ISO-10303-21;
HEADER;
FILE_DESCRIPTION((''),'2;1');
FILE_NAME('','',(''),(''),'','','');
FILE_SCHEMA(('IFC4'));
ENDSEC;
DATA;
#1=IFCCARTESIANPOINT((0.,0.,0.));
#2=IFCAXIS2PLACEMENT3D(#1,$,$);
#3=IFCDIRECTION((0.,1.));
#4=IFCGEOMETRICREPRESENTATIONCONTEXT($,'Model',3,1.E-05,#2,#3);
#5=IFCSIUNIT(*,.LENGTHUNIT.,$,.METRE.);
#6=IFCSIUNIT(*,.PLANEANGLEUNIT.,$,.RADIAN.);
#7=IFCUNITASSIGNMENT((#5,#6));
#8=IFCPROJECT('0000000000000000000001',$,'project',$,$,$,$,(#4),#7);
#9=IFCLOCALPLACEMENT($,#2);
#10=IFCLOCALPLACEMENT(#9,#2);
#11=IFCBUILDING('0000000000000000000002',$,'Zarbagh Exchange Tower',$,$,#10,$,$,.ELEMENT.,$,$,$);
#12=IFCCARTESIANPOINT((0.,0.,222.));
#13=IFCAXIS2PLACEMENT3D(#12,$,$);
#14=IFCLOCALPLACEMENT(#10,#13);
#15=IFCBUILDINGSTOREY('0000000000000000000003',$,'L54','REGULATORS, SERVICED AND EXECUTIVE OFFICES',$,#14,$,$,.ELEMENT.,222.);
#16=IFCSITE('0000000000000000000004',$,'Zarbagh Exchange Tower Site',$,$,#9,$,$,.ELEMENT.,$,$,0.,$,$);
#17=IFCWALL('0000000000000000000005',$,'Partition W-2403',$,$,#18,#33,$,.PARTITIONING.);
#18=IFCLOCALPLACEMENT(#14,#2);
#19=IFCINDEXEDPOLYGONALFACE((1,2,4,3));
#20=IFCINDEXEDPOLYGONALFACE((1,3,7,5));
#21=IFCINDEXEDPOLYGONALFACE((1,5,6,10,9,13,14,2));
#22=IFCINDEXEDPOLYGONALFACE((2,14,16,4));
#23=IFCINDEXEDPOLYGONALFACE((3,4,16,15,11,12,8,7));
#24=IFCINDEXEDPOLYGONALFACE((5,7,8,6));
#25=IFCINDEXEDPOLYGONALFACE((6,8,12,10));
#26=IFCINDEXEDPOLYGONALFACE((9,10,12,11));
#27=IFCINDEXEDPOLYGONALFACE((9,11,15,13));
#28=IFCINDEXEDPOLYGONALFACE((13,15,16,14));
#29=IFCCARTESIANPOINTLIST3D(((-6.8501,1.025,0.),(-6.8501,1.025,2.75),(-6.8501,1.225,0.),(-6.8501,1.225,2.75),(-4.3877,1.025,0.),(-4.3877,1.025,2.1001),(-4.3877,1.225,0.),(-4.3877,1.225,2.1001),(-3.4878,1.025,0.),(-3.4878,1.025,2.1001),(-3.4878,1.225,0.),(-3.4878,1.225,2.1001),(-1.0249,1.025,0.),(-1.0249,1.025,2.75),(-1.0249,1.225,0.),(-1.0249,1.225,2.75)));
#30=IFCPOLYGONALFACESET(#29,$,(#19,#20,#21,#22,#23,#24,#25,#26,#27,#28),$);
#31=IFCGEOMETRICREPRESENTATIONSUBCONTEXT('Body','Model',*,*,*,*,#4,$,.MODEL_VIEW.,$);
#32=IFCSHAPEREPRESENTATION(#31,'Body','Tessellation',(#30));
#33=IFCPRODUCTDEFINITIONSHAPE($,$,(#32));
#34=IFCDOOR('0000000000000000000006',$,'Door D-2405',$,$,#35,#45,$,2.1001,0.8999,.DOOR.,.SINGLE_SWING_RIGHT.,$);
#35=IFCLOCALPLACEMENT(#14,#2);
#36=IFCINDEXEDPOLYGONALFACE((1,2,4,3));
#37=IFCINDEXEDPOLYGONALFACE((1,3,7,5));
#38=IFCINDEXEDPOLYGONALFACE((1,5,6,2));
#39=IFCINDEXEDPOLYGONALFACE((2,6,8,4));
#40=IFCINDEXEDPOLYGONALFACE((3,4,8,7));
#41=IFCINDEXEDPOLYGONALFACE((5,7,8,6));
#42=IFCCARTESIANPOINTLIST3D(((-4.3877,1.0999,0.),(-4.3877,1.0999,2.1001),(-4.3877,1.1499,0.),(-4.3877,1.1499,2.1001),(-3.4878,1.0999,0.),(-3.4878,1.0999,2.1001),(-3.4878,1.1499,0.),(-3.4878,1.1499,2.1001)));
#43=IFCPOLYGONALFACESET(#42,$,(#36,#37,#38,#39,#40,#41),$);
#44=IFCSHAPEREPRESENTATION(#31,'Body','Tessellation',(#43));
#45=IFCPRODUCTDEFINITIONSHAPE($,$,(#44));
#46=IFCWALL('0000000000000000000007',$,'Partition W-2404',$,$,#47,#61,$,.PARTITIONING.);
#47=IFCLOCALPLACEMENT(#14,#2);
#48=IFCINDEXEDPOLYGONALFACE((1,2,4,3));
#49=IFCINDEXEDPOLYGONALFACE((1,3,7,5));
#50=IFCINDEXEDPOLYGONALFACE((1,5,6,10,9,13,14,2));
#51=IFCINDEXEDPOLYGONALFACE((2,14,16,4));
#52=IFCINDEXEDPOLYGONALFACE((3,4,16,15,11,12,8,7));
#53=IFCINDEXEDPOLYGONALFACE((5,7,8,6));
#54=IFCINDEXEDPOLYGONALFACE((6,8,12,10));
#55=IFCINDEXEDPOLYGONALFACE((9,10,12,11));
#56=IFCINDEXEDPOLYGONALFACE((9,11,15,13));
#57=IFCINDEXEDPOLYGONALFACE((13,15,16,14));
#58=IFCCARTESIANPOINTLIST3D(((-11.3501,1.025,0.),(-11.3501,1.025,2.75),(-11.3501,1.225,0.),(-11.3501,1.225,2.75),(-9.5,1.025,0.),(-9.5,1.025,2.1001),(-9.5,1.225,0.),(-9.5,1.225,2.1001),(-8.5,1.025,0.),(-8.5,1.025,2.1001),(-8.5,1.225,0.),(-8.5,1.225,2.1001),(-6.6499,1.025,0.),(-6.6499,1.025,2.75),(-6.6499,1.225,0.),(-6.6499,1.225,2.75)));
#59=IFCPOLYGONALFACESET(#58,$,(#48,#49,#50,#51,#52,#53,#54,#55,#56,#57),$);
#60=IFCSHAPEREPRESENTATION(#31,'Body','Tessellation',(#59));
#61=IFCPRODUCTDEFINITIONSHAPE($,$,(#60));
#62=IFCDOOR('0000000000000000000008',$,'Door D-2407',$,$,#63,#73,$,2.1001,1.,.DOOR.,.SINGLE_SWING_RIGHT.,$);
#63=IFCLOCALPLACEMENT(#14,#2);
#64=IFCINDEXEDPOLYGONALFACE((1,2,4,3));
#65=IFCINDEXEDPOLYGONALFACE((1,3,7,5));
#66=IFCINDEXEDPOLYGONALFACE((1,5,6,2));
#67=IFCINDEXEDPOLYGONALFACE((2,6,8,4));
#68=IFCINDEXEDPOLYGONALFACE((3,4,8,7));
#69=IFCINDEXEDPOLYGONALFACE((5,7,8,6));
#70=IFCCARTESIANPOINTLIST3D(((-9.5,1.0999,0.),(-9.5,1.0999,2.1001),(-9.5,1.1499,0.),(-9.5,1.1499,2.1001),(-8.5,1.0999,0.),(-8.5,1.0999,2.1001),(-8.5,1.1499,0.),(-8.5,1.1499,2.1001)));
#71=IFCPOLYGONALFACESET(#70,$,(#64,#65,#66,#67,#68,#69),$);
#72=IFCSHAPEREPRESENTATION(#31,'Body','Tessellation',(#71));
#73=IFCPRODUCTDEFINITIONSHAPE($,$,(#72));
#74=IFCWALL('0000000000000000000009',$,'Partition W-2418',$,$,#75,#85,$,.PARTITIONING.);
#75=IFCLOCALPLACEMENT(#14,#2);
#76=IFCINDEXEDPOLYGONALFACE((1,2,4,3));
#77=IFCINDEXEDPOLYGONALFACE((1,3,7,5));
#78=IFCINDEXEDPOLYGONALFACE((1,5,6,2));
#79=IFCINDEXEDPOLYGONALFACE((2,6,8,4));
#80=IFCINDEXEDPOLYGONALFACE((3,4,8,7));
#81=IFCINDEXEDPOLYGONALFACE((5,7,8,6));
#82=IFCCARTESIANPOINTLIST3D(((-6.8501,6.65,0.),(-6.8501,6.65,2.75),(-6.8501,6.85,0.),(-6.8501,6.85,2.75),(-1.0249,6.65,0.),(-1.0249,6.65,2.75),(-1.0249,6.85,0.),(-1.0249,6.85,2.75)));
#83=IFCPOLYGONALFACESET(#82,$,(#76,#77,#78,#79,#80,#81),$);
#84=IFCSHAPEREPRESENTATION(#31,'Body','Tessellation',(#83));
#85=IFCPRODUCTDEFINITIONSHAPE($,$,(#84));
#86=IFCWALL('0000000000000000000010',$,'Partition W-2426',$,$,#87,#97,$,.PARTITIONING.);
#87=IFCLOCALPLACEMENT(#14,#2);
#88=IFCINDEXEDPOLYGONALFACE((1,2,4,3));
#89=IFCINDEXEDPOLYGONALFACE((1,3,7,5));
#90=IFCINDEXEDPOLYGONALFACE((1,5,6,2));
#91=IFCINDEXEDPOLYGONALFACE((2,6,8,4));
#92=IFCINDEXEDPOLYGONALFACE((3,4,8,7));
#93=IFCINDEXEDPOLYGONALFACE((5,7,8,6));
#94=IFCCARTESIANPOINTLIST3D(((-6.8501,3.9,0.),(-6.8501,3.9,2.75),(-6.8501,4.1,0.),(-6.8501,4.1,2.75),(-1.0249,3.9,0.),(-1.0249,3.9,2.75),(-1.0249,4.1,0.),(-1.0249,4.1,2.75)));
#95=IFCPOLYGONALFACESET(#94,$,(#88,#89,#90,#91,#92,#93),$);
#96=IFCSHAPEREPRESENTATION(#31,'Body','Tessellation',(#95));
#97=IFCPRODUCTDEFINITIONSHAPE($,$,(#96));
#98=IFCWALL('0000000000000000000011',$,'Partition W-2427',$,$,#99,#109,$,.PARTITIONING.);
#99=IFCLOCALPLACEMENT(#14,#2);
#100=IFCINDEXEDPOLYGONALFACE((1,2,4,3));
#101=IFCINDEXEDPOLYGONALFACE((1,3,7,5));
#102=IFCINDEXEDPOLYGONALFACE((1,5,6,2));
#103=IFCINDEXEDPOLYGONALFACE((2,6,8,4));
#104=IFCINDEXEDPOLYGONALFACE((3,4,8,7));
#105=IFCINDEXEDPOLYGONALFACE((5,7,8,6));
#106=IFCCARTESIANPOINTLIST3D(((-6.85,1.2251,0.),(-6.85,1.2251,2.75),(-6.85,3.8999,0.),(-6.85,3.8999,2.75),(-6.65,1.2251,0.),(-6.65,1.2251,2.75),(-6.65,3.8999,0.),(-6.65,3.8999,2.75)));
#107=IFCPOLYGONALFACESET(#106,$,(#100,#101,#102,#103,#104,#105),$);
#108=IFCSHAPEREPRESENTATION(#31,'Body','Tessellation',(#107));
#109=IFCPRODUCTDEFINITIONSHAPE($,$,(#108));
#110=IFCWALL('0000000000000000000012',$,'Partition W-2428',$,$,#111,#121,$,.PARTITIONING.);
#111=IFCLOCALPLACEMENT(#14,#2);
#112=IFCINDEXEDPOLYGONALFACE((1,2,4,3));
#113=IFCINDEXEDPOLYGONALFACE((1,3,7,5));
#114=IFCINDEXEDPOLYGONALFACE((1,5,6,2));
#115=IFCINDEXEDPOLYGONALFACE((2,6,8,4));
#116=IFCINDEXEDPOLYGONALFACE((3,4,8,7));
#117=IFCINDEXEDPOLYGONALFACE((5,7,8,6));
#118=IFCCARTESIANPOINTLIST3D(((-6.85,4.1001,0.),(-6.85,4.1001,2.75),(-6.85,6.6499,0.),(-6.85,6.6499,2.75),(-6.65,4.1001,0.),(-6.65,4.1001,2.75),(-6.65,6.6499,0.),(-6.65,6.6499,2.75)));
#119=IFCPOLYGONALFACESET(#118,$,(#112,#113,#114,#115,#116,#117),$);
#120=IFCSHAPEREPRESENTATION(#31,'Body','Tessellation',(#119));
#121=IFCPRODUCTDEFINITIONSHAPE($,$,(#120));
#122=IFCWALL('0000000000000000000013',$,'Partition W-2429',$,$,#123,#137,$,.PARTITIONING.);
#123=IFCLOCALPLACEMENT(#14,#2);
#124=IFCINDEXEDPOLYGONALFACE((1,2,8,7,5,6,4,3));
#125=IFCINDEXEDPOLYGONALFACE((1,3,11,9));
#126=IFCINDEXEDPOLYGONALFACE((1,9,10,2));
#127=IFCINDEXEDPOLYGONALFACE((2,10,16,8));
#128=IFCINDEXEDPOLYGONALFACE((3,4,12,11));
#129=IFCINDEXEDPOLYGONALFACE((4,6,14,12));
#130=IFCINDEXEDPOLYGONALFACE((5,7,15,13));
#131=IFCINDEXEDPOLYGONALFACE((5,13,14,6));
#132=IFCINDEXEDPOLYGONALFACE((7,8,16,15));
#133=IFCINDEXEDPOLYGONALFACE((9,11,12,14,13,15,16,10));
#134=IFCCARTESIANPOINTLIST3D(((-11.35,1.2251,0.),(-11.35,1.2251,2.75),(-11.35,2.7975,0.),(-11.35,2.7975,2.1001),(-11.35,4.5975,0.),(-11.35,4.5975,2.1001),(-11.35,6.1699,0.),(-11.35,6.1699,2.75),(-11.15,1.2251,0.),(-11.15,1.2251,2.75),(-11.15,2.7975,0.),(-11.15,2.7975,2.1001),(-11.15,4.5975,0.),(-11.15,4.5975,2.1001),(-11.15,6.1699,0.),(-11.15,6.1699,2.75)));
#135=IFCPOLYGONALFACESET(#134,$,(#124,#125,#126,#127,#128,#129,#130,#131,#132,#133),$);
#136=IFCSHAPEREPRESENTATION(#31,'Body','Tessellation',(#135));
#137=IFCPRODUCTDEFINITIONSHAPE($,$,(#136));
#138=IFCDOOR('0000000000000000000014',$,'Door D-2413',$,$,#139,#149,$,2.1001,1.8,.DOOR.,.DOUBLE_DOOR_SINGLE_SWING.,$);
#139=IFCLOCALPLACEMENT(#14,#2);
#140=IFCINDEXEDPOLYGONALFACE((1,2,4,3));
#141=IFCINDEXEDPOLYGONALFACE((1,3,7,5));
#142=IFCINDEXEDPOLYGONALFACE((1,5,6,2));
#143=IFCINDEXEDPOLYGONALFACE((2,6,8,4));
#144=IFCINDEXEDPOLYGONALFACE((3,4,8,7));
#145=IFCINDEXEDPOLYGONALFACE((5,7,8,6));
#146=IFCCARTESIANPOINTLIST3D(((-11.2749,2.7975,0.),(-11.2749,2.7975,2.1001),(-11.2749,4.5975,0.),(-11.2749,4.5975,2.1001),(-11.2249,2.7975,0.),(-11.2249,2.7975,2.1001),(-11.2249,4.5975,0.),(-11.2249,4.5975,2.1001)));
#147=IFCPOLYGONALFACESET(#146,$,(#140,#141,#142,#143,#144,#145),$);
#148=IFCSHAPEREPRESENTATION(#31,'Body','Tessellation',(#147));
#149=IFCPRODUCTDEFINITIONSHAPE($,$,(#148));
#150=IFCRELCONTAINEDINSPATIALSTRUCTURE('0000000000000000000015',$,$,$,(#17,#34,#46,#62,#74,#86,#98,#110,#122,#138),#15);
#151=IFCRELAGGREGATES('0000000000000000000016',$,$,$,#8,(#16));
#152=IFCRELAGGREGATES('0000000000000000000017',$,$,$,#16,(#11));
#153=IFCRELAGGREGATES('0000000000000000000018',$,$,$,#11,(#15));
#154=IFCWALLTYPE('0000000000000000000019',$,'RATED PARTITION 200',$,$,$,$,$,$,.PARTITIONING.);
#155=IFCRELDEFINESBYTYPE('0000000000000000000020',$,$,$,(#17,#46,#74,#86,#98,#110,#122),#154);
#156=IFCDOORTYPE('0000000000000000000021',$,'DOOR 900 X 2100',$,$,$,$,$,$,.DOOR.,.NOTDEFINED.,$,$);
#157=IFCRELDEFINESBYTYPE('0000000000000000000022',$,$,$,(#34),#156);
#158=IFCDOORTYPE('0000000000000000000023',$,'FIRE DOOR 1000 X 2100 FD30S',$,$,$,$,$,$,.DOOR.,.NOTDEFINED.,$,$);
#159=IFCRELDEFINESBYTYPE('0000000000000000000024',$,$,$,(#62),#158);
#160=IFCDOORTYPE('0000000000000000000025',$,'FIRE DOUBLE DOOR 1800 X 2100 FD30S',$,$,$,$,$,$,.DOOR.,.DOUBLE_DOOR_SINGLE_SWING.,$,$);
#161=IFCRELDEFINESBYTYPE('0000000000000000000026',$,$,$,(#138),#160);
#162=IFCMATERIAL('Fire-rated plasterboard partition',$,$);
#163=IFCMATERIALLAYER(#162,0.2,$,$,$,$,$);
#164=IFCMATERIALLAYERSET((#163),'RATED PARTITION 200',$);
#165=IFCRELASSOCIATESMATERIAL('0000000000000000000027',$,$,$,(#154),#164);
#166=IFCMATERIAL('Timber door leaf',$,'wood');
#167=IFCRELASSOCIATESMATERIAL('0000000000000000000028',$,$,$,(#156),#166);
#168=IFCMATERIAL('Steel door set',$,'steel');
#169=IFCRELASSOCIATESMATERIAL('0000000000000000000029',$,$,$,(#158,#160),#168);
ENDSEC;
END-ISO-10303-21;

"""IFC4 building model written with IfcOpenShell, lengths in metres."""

from ifc_helpers import new_model, si_unit, direction, frame, frame_2d, origin, place, context, subcontext, project, spatial, rectangle, extrude, material, layer, layer_set, type_object, element, fill, save


model = new_model("IFC4")

# Units and contexts
model_context = context("Model", 3, precision=1e-05, world=origin(), true_north=direction((0.0, 1.0)))
body_context = subcontext(model_context, "Body", "Model", "MODEL_VIEW")
ifc_project = project(units=[si_unit("LENGTHUNIT", "METRE"), si_unit("PLANEANGLEUNIT", "RADIAN")], contexts=[model_context])

# Site, building, storey
site_placement = place(None, origin())
site = spatial("IfcSite", under=ifc_project, at=site_placement, Name="Zarbagh Exchange Tower Site", CompositionType="ELEMENT", RefElevation=0.0)
building_placement = place(site_placement, origin())
building = spatial("IfcBuilding", under=site, at=building_placement, Name="Zarbagh Exchange Tower", CompositionType="ELEMENT")
storey_placement = place(building_placement, frame((0.0, 0.0, 222.0)))
storey = spatial("IfcBuildingStorey", under=building, at=storey_placement, Name="L54", Description="REGULATORS, SERVICED AND EXECUTIVE OFFICES", CompositionType="ELEMENT", Elevation=222.0)

# Walls, openings, doors
ifc_material_1 = material(Name="Fire-rated plasterboard partition")
ifc_layer = layer(ifc_material_1, 0.2)
ifc_layer_set = layer_set([ifc_layer], Name="RATED PARTITION 200")
wall_type = type_object("IfcWallType", Name="RATED PARTITION 200", PredefinedType="PARTITIONING", material=ifc_layer_set)
wall_1_placement = place(storey_placement, frame((-6.8501, 1.125, 0.0), z_axis=(0.0, 0.0, 1.0), x_axis=(1.0, 0.0, 0.0)))
wall_1 = element("IfcWall", 1, at=wall_1_placement, inside=storey, type_object=wall_type, Name="Partition W-2403", PredefinedType="PARTITIONING", context=body_context, shape_type="SweptSolid", body=[
    extrude(rectangle(XDim=5.8252, YDim=0.2, at=frame_2d((2.9126, 0.0))), origin(), (0.0, 0.0, 1.0), 2.75),
])
opening_1_placement = place(wall_1_placement, frame((2.4624, 0.0, 0.0)))
opening_1 = element("IfcOpeningElement", 2, at=opening_1_placement, cuts=wall_1, PredefinedType="OPENING", context=body_context, shape_type="SweptSolid", body=[
    extrude(rectangle(XDim=0.8999, YDim=2.1001, at=frame_2d((0.45, 1.05))), frame((0.0, 0.1099, 0.0), z_axis=(0.0, -1.0, 0.0), x_axis=(1.0, 0.0, 0.0)), (0.0, 0.0, 1.0), 0.22),
])
ifc_material_2 = material(Name="Timber door leaf", Category="wood")
door_type_1 = type_object("IfcDoorType", Name="DOOR 900 X 2100", OperationType="NOTDEFINED", PredefinedType="DOOR", material=ifc_material_2)
door_1_placement = place(opening_1_placement, origin())
door_1 = element("IfcDoor", 3, at=door_1_placement, inside=storey, type_object=door_type_1, Name="Door D-2405", OperationType="SINGLE_SWING_RIGHT", OverallHeight=2.1001, OverallWidth=0.8999, PredefinedType="DOOR", context=body_context, shape_type="SweptSolid", body=[
    extrude(rectangle(XDim=0.8999, YDim=2.1001, at=frame_2d((0.45, 1.05))), frame((0.0, 0.0249, 0.0), z_axis=(0.0, -1.0, 0.0), x_axis=(1.0, 0.0, 0.0)), (0.0, 0.0, 1.0), 0.05),
])
fill(opening_1, door_1)
wall_2_placement = place(storey_placement, frame((-11.3501, 1.125, 0.0), z_axis=(0.0, 0.0, 1.0), x_axis=(1.0, 0.0, 0.0)))
wall_2 = element("IfcWall", 4, at=wall_2_placement, inside=storey, type_object=wall_type, Name="Partition W-2404", PredefinedType="PARTITIONING", context=body_context, shape_type="SweptSolid", body=[
    extrude(rectangle(XDim=4.7002, YDim=0.2, at=frame_2d((2.3501, 0.0))), origin(), (0.0, 0.0, 1.0), 2.75),
])
opening_2_placement = place(wall_2_placement, frame((1.8501, 0.0, 0.0)))
opening_2 = element("IfcOpeningElement", 5, at=opening_2_placement, cuts=wall_2, PredefinedType="OPENING", context=body_context, shape_type="SweptSolid", body=[
    extrude(rectangle(XDim=1.0, YDim=2.1001, at=frame_2d((0.5, 1.05))), frame((0.0, 0.1099, 0.0), z_axis=(0.0, -1.0, 0.0), x_axis=(1.0, 0.0, 0.0)), (0.0, 0.0, 1.0), 0.22),
])
ifc_material_3 = material(Name="Steel door set", Category="steel")
door_type_2 = type_object("IfcDoorType", Name="FIRE DOOR 1000 X 2100 FD30S", OperationType="NOTDEFINED", PredefinedType="DOOR", material=ifc_material_3)
door_2_placement = place(opening_2_placement, origin())
door_2 = element("IfcDoor", 6, at=door_2_placement, inside=storey, type_object=door_type_2, Name="Door D-2407", OperationType="SINGLE_SWING_RIGHT", OverallHeight=2.1001, OverallWidth=1.0, PredefinedType="DOOR", context=body_context, shape_type="SweptSolid", body=[
    extrude(rectangle(XDim=1.0, YDim=2.1001, at=frame_2d((0.5, 1.05))), frame((0.0, 0.0249, 0.0), z_axis=(0.0, -1.0, 0.0), x_axis=(1.0, 0.0, 0.0)), (0.0, 0.0, 1.0), 0.05),
])
fill(opening_2, door_2)

# Walls
for number, where, z_axis, x_axis, name in (
    (7, (-6.8501, 6.75, 0.0), (0.0, 0.0, 1.0), (1.0, 0.0, 0.0), "Partition W-2418"),
    (8, (-6.8501, 4.0, 0.0), (0.0, 0.0, 1.0), (1.0, 0.0, 0.0), "Partition W-2426"),
):
    element("IfcWall", number, at=place(storey_placement, frame(where, z_axis=z_axis, x_axis=x_axis)), inside=storey, type_object=wall_type, Name=name, PredefinedType="PARTITIONING", context=body_context, shape_type="SweptSolid", body=[
        extrude(rectangle(XDim=5.8252, YDim=0.2, at=frame_2d((2.9126, 0.0))), origin(), (0.0, 0.0, 1.0), 2.75),
    ])
wall_3_placement = place(storey_placement, frame((-6.75, 1.2251, 0.0), z_axis=(0.0, 0.0, 1.0), x_axis=(0.0, 1.0, 0.0)))
element("IfcWall", 9, at=wall_3_placement, inside=storey, type_object=wall_type, Name="Partition W-2427", PredefinedType="PARTITIONING", context=body_context, shape_type="SweptSolid", body=[
    extrude(rectangle(XDim=2.6748, YDim=0.2, at=frame_2d((1.3374, 0.0))), origin(), (0.0, 0.0, 1.0), 2.75),
])
wall_4_placement = place(storey_placement, frame((-6.75, 4.1001, 0.0), z_axis=(0.0, 0.0, 1.0), x_axis=(0.0, 1.0, 0.0)))
element("IfcWall", 10, at=wall_4_placement, inside=storey, type_object=wall_type, Name="Partition W-2428", PredefinedType="PARTITIONING", context=body_context, shape_type="SweptSolid", body=[
    extrude(rectangle(XDim=2.5498, YDim=0.2, at=frame_2d((1.2749, 0.0))), origin(), (0.0, 0.0, 1.0), 2.75),
])

# Wall, opening, door
wall_5_placement = place(storey_placement, frame((-11.25, 1.2251, 0.0), z_axis=(0.0, 0.0, 1.0), x_axis=(0.0, 1.0, 0.0)))
wall_5 = element("IfcWall", 11, at=wall_5_placement, inside=storey, type_object=wall_type, Name="Partition W-2429", PredefinedType="PARTITIONING", context=body_context, shape_type="SweptSolid", body=[
    extrude(rectangle(XDim=4.9448, YDim=0.2, at=frame_2d((2.4724, 0.0))), origin(), (0.0, 0.0, 1.0), 2.75),
])
opening_3_placement = place(wall_5_placement, frame((1.5725, 0.0, 0.0)))
opening_3 = element("IfcOpeningElement", 12, at=opening_3_placement, cuts=wall_5, PredefinedType="OPENING", context=body_context, shape_type="SweptSolid", body=[
    extrude(rectangle(XDim=1.8, YDim=2.1001, at=frame_2d((0.8999, 1.05))), frame((0.0, 0.1099, 0.0), z_axis=(0.0, -1.0, 0.0), x_axis=(1.0, 0.0, 0.0)), (0.0, 0.0, 1.0), 0.22),
])
door_type_3 = type_object("IfcDoorType", Name="FIRE DOUBLE DOOR 1800 X 2100 FD30S", OperationType="DOUBLE_DOOR_SINGLE_SWING", PredefinedType="DOOR", material=ifc_material_3)
door_3_placement = place(opening_3_placement, origin())
door_3 = element("IfcDoor", 13, at=door_3_placement, inside=storey, type_object=door_type_3, Name="Door D-2413", OperationType="DOUBLE_DOOR_SINGLE_SWING", OverallHeight=2.1001, OverallWidth=1.8, PredefinedType="DOOR", context=body_context, shape_type="SweptSolid", body=[
    extrude(rectangle(XDim=1.8, YDim=2.1001, at=frame_2d((0.8999, 1.05))), frame((0.0, 0.0249, 0.0), z_axis=(0.0, -1.0, 0.0), x_axis=(1.0, 0.0, 0.0)), (0.0, 0.0, 1.0), 0.05),
])
fill(opening_3, door_3)

save(model, "model.ifc")
